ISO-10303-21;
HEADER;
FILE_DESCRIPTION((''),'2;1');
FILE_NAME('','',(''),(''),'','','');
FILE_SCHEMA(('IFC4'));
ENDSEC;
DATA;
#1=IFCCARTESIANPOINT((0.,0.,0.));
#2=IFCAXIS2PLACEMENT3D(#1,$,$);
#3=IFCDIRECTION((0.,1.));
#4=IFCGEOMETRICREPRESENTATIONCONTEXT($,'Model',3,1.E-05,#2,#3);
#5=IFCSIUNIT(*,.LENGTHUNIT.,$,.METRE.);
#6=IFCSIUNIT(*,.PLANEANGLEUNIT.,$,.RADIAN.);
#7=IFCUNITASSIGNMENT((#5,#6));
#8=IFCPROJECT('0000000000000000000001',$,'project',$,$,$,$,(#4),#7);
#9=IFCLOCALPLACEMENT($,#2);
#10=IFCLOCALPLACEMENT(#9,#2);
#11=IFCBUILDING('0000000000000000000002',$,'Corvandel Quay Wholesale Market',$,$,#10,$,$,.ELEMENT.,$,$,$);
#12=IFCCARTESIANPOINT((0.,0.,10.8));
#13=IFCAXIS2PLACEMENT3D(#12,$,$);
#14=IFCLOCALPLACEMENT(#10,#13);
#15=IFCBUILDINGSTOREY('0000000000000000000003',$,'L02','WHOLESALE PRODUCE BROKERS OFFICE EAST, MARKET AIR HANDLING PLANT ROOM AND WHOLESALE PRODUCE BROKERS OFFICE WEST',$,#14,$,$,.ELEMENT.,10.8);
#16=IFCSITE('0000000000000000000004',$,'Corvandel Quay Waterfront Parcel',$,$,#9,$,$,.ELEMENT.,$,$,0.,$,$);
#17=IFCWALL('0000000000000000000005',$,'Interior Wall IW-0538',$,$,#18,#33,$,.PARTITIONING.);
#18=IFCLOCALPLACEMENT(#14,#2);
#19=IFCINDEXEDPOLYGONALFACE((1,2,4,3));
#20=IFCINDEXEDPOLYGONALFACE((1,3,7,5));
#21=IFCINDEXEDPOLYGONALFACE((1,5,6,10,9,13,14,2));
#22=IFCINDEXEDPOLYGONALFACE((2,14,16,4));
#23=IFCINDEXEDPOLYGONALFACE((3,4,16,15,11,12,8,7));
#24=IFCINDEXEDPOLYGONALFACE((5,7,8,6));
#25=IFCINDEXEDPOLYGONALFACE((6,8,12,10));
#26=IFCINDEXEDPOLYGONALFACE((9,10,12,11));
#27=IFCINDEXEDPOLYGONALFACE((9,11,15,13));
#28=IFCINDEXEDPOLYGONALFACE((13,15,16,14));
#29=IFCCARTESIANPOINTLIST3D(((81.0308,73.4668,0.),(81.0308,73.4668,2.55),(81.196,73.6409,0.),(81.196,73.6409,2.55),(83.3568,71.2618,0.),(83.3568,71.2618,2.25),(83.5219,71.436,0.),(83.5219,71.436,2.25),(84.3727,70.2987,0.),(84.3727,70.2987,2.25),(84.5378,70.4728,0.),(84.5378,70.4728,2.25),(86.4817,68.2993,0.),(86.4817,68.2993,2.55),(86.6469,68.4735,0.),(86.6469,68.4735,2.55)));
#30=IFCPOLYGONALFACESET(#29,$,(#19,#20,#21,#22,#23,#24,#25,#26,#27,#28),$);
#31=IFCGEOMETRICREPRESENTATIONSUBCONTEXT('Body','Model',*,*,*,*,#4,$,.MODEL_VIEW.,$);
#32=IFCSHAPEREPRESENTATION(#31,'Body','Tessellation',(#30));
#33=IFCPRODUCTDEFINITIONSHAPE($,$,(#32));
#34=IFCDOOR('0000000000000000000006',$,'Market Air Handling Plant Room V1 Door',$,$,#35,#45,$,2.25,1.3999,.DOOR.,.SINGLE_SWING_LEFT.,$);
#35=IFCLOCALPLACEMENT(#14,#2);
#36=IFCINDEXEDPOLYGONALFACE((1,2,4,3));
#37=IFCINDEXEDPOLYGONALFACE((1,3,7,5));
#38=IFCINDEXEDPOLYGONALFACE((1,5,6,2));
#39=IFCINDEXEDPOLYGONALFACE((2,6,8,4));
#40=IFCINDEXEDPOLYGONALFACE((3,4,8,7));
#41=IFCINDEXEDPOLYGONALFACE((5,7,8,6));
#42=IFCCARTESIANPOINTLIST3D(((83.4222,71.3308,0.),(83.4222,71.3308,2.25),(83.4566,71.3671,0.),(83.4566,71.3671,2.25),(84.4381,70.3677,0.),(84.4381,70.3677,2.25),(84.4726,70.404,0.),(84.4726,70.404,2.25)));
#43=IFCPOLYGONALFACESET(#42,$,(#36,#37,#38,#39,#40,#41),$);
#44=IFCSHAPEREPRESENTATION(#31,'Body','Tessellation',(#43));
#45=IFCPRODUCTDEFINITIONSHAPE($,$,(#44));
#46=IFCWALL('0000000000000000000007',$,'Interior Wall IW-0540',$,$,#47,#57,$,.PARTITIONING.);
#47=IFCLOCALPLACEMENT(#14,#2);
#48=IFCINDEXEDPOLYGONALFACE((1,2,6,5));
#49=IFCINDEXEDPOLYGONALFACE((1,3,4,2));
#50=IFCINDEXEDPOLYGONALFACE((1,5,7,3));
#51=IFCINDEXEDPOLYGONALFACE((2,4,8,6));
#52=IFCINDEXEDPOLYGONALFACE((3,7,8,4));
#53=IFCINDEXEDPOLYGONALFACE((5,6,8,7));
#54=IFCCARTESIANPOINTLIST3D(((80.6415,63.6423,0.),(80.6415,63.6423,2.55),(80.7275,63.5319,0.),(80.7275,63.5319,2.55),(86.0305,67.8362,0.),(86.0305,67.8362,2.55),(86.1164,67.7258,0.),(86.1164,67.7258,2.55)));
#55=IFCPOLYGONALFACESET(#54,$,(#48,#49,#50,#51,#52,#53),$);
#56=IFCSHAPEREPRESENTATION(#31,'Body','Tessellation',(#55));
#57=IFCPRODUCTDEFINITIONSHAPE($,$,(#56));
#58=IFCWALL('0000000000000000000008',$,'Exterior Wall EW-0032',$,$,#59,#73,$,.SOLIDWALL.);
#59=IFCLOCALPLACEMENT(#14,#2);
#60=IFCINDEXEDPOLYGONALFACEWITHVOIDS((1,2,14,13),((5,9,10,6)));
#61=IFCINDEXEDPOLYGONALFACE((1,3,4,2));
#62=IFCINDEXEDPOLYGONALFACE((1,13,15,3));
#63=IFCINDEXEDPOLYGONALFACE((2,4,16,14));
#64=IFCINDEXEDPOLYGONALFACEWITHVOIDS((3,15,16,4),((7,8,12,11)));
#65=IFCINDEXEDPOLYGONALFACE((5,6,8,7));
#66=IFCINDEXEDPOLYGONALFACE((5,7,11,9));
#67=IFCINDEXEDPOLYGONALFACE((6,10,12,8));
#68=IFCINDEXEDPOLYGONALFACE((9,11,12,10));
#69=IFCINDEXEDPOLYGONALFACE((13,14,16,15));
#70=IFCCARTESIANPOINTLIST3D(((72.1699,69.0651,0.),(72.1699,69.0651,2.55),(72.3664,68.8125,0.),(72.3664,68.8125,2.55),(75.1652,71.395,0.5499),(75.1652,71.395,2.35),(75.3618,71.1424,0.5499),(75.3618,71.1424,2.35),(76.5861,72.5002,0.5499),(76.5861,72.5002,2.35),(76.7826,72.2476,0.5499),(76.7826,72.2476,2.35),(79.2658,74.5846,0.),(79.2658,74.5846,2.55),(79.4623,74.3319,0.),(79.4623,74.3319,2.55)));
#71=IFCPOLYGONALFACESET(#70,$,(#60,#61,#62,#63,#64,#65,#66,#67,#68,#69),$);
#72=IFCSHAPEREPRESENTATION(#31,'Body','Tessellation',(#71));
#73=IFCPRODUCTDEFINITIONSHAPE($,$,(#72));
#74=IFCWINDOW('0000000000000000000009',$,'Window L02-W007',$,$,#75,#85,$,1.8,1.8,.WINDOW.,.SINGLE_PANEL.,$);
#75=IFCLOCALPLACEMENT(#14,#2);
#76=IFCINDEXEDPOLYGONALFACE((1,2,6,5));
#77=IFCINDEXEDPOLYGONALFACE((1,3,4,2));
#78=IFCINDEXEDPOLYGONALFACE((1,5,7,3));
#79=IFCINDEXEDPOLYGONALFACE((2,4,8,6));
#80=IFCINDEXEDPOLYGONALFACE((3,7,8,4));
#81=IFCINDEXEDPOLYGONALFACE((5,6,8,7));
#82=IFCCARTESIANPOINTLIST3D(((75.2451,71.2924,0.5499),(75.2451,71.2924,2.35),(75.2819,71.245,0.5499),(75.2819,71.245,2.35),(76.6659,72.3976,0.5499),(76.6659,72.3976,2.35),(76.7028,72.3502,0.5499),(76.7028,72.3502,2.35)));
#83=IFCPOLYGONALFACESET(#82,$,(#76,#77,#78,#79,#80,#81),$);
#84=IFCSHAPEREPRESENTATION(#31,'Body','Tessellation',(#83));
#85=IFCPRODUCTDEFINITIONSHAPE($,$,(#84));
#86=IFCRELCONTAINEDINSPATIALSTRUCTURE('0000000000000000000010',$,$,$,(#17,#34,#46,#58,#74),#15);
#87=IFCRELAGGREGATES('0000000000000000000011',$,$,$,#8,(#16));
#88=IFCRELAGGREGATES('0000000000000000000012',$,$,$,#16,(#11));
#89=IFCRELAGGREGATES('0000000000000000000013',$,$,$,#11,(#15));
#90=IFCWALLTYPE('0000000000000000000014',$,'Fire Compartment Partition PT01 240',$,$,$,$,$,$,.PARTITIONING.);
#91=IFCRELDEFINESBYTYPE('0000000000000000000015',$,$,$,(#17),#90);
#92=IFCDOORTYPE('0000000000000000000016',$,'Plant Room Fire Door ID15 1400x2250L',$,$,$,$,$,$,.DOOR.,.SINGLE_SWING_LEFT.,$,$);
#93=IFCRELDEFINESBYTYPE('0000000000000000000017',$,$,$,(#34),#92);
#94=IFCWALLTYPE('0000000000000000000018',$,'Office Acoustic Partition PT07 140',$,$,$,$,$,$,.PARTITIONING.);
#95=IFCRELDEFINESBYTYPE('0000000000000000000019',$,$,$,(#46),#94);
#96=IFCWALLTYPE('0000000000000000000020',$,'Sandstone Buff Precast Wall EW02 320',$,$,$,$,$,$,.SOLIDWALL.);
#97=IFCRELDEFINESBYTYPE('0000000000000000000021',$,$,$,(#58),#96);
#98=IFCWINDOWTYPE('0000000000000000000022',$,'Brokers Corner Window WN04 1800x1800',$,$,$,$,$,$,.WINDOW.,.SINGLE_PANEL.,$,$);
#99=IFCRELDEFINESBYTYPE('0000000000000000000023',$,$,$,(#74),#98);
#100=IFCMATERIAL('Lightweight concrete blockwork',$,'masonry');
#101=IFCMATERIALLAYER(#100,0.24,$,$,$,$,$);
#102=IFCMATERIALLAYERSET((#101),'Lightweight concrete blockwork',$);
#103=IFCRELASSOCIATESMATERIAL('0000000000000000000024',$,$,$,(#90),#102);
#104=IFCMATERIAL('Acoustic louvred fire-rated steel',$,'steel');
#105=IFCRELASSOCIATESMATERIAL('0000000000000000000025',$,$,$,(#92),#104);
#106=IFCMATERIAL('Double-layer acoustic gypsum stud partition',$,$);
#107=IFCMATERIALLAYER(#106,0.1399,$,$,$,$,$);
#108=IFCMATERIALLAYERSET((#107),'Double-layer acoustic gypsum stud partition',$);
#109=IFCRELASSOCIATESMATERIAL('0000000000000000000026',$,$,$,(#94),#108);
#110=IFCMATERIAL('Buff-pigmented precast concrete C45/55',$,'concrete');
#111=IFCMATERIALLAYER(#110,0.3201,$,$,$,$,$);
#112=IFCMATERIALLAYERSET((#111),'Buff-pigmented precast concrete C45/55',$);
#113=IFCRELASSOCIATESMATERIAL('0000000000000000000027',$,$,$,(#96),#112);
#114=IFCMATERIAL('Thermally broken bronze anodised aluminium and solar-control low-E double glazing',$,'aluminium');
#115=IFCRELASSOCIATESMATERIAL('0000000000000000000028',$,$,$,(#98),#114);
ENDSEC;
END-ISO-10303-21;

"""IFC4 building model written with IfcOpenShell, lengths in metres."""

from ifc_helpers import new_model, si_unit, direction, frame, frame_2d, origin, place, context, subcontext, project, spatial, rectangle, extrude, material, layer, layer_set, type_object, element, fill, save


model = new_model("IFC4")

# Units and contexts
model_context = context("Model", 3, precision=1e-05, world=origin(), true_north=direction((0.0, 1.0)))
body_context = subcontext(model_context, "Body", "Model", "MODEL_VIEW")
ifc_project = project(units=[si_unit("LENGTHUNIT", "METRE"), si_unit("PLANEANGLEUNIT", "RADIAN")], contexts=[model_context])

# Site, building, storey
site_placement = place(None, origin())
site = spatial("IfcSite", under=ifc_project, at=site_placement, Name="Corvandel Quay Waterfront Parcel", CompositionType="ELEMENT", RefElevation=0.0)
building_placement = place(site_placement, origin())
building = spatial("IfcBuilding", under=site, at=building_placement, Name="Corvandel Quay Wholesale Market", CompositionType="ELEMENT")
storey_placement = place(building_placement, frame((0.0, 0.0, 10.8)))
storey = spatial("IfcBuildingStorey", under=building, at=storey_placement, Name="L02", Description="WHOLESALE PRODUCE BROKERS OFFICE EAST, MARKET AIR HANDLING PLANT ROOM AND WHOLESALE PRODUCE BROKERS OFFICE WEST", CompositionType="ELEMENT", Elevation=10.8)

# Wall, opening, door
ifc_material_1 = material(Name="Lightweight concrete blockwork", Category="masonry")
ifc_layer_1 = layer(ifc_material_1, 0.24)
ifc_layer_set_1 = layer_set([ifc_layer_1], Name="Lightweight concrete blockwork")
wall_type_1 = type_object("IfcWallType", Name="Fire Compartment Partition PT01 240", PredefinedType="PARTITIONING", material=ifc_layer_set_1)
wall_1_placement = place(storey_placement, frame((86.5642, 68.3865, 0.0), z_axis=(0.0, 0.0, 1.0), x_axis=(-0.725724, 0.687986, 0.0)))
wall_1 = element("IfcWall", 1, at=wall_1_placement, inside=storey, type_object=wall_type_1, Name="Interior Wall IW-0538", PredefinedType="PARTITIONING", context=body_context, shape_type="SweptSolid", body=[
    extrude(rectangle(XDim=7.511, YDim=0.24, at=frame_2d((3.7554, 0.0))), origin(), (0.0, 0.0, 1.0), 2.55),
])
opening_1_placement = place(wall_1_placement, frame((2.906, 0.0, 0.0)))
opening_1 = element("IfcOpeningElement", 2, at=opening_1_placement, cuts=wall_1, PredefinedType="OPENING", context=body_context, shape_type="SweptSolid", body=[
    extrude(rectangle(XDim=1.3999, YDim=2.25, at=frame_2d((0.7, 1.125))), frame((0.0, 0.1299, 0.0), z_axis=(0.0, -1.0, 0.0), x_axis=(1.0, 0.0, 0.0)), (0.0, 0.0, 1.0), 0.26),
])
ifc_material_2 = material(Name="Acoustic louvred fire-rated steel", Category="steel")
door_type = type_object("IfcDoorType", Name="Plant Room Fire Door ID15 1400x2250L", OperationType="SINGLE_SWING_LEFT", PredefinedType="DOOR", material=ifc_material_2)
door_placement = place(opening_1_placement, origin())
door = element("IfcDoor", 3, at=door_placement, inside=storey, type_object=door_type, Name="Market Air Handling Plant Room V1 Door", OperationType="SINGLE_SWING_LEFT", OverallHeight=2.25, OverallWidth=1.3999, PredefinedType="DOOR", context=body_context, shape_type="SweptSolid", body=[
    extrude(rectangle(XDim=1.3999, YDim=2.25, at=frame_2d((0.7, 1.125))), frame((0.0, 0.0249, 0.0), z_axis=(0.0, -1.0, 0.0), x_axis=(1.0, 0.0, 0.0)), (0.0, 0.0, 1.0), 0.05),
])
fill(opening_1, door)

# Wall
ifc_material_3 = material(Name="Double-layer acoustic gypsum stud partition")
ifc_layer_2 = layer(ifc_material_3, 0.1399)
ifc_layer_set_2 = layer_set([ifc_layer_2], Name="Double-layer acoustic gypsum stud partition")
wall_type_2 = type_object("IfcWallType", Name="Office Acoustic Partition PT07 140", PredefinedType="PARTITIONING", material=ifc_layer_set_2)
wall_2_placement = place(storey_placement, frame((86.0735, 67.781, 0.0), z_axis=(0.0, 0.0, 1.0), x_axis=(-0.789177, -0.614166, 0.0)))
element("IfcWall", 4, at=wall_2_placement, inside=storey, type_object=wall_type_2, Name="Interior Wall IW-0540", PredefinedType="PARTITIONING", context=body_context, shape_type="SweptSolid", body=[
    extrude(rectangle(XDim=6.8286, YDim=0.1399, at=frame_2d((3.4143, 0.0))), origin(), (0.0, 0.0, 1.0), 2.55),
])

# Wall, opening, window
ifc_material_4 = material(Name="Buff-pigmented precast concrete C45/55", Category="concrete")
ifc_layer_3 = layer(ifc_material_4, 0.3201)
ifc_layer_set_3 = layer_set([ifc_layer_3], Name="Buff-pigmented precast concrete C45/55")
wall_type_3 = type_object("IfcWallType", Name="Sandstone Buff Precast Wall EW02 320", PredefinedType="SOLIDWALL", material=ifc_layer_set_3)
wall_3_placement = place(storey_placement, frame((79.364, 74.4583, 0.0), z_axis=(0.0, 0.0, 1.0), x_axis=(-0.789327, -0.613973, 0.0)))
wall_3 = element("IfcWall", 5, at=wall_3_placement, inside=storey, type_object=wall_type_3, Name="Exterior Wall EW-0032", PredefinedType="SOLIDWALL", context=body_context, shape_type="SweptSolid", body=[
    extrude(rectangle(XDim=8.9897, YDim=0.3201, at=frame_2d((4.4949, 0.0))), origin(), (0.0, 0.0, 1.0), 2.55),
])
opening_2_placement = place(wall_3_placement, frame((3.395, 0.0, 0.55)))
opening_2 = element("IfcOpeningElement", 6, at=opening_2_placement, cuts=wall_3, PredefinedType="OPENING", context=body_context, shape_type="SweptSolid", body=[
    extrude(rectangle(XDim=1.8, YDim=1.8, at=frame_2d((0.8999, 0.8999))), frame((0.0, 0.1699, 0.0), z_axis=(0.0, -1.0, 0.0), x_axis=(1.0, 0.0, 0.0)), (0.0, 0.0, 1.0), 0.3401),
])
ifc_material_5 = material(Name="Thermally broken bronze anodised aluminium and solar-control low-E double glazing", Category="aluminium")
window_type = type_object("IfcWindowType", Name="Brokers Corner Window WN04 1800x1800", PartitioningType="SINGLE_PANEL", PredefinedType="WINDOW", material=ifc_material_5)
window_placement = place(opening_2_placement, origin())
window = element("IfcWindow", 7, at=window_placement, inside=storey, type_object=window_type, Name="Window L02-W007", OverallHeight=1.8, OverallWidth=1.8, PartitioningType="SINGLE_PANEL", PredefinedType="WINDOW", context=body_context, shape_type="SweptSolid", body=[
    extrude(rectangle(XDim=1.8, YDim=1.8, at=frame_2d((0.8999, 0.8999))), frame((0.0, 0.03, 0.0), z_axis=(0.0, -1.0, 0.0), x_axis=(1.0, 0.0, 0.0)), (0.0, 0.0, 1.0), 0.0601),
])
fill(opening_2, window)

save(model, "model.ifc")
